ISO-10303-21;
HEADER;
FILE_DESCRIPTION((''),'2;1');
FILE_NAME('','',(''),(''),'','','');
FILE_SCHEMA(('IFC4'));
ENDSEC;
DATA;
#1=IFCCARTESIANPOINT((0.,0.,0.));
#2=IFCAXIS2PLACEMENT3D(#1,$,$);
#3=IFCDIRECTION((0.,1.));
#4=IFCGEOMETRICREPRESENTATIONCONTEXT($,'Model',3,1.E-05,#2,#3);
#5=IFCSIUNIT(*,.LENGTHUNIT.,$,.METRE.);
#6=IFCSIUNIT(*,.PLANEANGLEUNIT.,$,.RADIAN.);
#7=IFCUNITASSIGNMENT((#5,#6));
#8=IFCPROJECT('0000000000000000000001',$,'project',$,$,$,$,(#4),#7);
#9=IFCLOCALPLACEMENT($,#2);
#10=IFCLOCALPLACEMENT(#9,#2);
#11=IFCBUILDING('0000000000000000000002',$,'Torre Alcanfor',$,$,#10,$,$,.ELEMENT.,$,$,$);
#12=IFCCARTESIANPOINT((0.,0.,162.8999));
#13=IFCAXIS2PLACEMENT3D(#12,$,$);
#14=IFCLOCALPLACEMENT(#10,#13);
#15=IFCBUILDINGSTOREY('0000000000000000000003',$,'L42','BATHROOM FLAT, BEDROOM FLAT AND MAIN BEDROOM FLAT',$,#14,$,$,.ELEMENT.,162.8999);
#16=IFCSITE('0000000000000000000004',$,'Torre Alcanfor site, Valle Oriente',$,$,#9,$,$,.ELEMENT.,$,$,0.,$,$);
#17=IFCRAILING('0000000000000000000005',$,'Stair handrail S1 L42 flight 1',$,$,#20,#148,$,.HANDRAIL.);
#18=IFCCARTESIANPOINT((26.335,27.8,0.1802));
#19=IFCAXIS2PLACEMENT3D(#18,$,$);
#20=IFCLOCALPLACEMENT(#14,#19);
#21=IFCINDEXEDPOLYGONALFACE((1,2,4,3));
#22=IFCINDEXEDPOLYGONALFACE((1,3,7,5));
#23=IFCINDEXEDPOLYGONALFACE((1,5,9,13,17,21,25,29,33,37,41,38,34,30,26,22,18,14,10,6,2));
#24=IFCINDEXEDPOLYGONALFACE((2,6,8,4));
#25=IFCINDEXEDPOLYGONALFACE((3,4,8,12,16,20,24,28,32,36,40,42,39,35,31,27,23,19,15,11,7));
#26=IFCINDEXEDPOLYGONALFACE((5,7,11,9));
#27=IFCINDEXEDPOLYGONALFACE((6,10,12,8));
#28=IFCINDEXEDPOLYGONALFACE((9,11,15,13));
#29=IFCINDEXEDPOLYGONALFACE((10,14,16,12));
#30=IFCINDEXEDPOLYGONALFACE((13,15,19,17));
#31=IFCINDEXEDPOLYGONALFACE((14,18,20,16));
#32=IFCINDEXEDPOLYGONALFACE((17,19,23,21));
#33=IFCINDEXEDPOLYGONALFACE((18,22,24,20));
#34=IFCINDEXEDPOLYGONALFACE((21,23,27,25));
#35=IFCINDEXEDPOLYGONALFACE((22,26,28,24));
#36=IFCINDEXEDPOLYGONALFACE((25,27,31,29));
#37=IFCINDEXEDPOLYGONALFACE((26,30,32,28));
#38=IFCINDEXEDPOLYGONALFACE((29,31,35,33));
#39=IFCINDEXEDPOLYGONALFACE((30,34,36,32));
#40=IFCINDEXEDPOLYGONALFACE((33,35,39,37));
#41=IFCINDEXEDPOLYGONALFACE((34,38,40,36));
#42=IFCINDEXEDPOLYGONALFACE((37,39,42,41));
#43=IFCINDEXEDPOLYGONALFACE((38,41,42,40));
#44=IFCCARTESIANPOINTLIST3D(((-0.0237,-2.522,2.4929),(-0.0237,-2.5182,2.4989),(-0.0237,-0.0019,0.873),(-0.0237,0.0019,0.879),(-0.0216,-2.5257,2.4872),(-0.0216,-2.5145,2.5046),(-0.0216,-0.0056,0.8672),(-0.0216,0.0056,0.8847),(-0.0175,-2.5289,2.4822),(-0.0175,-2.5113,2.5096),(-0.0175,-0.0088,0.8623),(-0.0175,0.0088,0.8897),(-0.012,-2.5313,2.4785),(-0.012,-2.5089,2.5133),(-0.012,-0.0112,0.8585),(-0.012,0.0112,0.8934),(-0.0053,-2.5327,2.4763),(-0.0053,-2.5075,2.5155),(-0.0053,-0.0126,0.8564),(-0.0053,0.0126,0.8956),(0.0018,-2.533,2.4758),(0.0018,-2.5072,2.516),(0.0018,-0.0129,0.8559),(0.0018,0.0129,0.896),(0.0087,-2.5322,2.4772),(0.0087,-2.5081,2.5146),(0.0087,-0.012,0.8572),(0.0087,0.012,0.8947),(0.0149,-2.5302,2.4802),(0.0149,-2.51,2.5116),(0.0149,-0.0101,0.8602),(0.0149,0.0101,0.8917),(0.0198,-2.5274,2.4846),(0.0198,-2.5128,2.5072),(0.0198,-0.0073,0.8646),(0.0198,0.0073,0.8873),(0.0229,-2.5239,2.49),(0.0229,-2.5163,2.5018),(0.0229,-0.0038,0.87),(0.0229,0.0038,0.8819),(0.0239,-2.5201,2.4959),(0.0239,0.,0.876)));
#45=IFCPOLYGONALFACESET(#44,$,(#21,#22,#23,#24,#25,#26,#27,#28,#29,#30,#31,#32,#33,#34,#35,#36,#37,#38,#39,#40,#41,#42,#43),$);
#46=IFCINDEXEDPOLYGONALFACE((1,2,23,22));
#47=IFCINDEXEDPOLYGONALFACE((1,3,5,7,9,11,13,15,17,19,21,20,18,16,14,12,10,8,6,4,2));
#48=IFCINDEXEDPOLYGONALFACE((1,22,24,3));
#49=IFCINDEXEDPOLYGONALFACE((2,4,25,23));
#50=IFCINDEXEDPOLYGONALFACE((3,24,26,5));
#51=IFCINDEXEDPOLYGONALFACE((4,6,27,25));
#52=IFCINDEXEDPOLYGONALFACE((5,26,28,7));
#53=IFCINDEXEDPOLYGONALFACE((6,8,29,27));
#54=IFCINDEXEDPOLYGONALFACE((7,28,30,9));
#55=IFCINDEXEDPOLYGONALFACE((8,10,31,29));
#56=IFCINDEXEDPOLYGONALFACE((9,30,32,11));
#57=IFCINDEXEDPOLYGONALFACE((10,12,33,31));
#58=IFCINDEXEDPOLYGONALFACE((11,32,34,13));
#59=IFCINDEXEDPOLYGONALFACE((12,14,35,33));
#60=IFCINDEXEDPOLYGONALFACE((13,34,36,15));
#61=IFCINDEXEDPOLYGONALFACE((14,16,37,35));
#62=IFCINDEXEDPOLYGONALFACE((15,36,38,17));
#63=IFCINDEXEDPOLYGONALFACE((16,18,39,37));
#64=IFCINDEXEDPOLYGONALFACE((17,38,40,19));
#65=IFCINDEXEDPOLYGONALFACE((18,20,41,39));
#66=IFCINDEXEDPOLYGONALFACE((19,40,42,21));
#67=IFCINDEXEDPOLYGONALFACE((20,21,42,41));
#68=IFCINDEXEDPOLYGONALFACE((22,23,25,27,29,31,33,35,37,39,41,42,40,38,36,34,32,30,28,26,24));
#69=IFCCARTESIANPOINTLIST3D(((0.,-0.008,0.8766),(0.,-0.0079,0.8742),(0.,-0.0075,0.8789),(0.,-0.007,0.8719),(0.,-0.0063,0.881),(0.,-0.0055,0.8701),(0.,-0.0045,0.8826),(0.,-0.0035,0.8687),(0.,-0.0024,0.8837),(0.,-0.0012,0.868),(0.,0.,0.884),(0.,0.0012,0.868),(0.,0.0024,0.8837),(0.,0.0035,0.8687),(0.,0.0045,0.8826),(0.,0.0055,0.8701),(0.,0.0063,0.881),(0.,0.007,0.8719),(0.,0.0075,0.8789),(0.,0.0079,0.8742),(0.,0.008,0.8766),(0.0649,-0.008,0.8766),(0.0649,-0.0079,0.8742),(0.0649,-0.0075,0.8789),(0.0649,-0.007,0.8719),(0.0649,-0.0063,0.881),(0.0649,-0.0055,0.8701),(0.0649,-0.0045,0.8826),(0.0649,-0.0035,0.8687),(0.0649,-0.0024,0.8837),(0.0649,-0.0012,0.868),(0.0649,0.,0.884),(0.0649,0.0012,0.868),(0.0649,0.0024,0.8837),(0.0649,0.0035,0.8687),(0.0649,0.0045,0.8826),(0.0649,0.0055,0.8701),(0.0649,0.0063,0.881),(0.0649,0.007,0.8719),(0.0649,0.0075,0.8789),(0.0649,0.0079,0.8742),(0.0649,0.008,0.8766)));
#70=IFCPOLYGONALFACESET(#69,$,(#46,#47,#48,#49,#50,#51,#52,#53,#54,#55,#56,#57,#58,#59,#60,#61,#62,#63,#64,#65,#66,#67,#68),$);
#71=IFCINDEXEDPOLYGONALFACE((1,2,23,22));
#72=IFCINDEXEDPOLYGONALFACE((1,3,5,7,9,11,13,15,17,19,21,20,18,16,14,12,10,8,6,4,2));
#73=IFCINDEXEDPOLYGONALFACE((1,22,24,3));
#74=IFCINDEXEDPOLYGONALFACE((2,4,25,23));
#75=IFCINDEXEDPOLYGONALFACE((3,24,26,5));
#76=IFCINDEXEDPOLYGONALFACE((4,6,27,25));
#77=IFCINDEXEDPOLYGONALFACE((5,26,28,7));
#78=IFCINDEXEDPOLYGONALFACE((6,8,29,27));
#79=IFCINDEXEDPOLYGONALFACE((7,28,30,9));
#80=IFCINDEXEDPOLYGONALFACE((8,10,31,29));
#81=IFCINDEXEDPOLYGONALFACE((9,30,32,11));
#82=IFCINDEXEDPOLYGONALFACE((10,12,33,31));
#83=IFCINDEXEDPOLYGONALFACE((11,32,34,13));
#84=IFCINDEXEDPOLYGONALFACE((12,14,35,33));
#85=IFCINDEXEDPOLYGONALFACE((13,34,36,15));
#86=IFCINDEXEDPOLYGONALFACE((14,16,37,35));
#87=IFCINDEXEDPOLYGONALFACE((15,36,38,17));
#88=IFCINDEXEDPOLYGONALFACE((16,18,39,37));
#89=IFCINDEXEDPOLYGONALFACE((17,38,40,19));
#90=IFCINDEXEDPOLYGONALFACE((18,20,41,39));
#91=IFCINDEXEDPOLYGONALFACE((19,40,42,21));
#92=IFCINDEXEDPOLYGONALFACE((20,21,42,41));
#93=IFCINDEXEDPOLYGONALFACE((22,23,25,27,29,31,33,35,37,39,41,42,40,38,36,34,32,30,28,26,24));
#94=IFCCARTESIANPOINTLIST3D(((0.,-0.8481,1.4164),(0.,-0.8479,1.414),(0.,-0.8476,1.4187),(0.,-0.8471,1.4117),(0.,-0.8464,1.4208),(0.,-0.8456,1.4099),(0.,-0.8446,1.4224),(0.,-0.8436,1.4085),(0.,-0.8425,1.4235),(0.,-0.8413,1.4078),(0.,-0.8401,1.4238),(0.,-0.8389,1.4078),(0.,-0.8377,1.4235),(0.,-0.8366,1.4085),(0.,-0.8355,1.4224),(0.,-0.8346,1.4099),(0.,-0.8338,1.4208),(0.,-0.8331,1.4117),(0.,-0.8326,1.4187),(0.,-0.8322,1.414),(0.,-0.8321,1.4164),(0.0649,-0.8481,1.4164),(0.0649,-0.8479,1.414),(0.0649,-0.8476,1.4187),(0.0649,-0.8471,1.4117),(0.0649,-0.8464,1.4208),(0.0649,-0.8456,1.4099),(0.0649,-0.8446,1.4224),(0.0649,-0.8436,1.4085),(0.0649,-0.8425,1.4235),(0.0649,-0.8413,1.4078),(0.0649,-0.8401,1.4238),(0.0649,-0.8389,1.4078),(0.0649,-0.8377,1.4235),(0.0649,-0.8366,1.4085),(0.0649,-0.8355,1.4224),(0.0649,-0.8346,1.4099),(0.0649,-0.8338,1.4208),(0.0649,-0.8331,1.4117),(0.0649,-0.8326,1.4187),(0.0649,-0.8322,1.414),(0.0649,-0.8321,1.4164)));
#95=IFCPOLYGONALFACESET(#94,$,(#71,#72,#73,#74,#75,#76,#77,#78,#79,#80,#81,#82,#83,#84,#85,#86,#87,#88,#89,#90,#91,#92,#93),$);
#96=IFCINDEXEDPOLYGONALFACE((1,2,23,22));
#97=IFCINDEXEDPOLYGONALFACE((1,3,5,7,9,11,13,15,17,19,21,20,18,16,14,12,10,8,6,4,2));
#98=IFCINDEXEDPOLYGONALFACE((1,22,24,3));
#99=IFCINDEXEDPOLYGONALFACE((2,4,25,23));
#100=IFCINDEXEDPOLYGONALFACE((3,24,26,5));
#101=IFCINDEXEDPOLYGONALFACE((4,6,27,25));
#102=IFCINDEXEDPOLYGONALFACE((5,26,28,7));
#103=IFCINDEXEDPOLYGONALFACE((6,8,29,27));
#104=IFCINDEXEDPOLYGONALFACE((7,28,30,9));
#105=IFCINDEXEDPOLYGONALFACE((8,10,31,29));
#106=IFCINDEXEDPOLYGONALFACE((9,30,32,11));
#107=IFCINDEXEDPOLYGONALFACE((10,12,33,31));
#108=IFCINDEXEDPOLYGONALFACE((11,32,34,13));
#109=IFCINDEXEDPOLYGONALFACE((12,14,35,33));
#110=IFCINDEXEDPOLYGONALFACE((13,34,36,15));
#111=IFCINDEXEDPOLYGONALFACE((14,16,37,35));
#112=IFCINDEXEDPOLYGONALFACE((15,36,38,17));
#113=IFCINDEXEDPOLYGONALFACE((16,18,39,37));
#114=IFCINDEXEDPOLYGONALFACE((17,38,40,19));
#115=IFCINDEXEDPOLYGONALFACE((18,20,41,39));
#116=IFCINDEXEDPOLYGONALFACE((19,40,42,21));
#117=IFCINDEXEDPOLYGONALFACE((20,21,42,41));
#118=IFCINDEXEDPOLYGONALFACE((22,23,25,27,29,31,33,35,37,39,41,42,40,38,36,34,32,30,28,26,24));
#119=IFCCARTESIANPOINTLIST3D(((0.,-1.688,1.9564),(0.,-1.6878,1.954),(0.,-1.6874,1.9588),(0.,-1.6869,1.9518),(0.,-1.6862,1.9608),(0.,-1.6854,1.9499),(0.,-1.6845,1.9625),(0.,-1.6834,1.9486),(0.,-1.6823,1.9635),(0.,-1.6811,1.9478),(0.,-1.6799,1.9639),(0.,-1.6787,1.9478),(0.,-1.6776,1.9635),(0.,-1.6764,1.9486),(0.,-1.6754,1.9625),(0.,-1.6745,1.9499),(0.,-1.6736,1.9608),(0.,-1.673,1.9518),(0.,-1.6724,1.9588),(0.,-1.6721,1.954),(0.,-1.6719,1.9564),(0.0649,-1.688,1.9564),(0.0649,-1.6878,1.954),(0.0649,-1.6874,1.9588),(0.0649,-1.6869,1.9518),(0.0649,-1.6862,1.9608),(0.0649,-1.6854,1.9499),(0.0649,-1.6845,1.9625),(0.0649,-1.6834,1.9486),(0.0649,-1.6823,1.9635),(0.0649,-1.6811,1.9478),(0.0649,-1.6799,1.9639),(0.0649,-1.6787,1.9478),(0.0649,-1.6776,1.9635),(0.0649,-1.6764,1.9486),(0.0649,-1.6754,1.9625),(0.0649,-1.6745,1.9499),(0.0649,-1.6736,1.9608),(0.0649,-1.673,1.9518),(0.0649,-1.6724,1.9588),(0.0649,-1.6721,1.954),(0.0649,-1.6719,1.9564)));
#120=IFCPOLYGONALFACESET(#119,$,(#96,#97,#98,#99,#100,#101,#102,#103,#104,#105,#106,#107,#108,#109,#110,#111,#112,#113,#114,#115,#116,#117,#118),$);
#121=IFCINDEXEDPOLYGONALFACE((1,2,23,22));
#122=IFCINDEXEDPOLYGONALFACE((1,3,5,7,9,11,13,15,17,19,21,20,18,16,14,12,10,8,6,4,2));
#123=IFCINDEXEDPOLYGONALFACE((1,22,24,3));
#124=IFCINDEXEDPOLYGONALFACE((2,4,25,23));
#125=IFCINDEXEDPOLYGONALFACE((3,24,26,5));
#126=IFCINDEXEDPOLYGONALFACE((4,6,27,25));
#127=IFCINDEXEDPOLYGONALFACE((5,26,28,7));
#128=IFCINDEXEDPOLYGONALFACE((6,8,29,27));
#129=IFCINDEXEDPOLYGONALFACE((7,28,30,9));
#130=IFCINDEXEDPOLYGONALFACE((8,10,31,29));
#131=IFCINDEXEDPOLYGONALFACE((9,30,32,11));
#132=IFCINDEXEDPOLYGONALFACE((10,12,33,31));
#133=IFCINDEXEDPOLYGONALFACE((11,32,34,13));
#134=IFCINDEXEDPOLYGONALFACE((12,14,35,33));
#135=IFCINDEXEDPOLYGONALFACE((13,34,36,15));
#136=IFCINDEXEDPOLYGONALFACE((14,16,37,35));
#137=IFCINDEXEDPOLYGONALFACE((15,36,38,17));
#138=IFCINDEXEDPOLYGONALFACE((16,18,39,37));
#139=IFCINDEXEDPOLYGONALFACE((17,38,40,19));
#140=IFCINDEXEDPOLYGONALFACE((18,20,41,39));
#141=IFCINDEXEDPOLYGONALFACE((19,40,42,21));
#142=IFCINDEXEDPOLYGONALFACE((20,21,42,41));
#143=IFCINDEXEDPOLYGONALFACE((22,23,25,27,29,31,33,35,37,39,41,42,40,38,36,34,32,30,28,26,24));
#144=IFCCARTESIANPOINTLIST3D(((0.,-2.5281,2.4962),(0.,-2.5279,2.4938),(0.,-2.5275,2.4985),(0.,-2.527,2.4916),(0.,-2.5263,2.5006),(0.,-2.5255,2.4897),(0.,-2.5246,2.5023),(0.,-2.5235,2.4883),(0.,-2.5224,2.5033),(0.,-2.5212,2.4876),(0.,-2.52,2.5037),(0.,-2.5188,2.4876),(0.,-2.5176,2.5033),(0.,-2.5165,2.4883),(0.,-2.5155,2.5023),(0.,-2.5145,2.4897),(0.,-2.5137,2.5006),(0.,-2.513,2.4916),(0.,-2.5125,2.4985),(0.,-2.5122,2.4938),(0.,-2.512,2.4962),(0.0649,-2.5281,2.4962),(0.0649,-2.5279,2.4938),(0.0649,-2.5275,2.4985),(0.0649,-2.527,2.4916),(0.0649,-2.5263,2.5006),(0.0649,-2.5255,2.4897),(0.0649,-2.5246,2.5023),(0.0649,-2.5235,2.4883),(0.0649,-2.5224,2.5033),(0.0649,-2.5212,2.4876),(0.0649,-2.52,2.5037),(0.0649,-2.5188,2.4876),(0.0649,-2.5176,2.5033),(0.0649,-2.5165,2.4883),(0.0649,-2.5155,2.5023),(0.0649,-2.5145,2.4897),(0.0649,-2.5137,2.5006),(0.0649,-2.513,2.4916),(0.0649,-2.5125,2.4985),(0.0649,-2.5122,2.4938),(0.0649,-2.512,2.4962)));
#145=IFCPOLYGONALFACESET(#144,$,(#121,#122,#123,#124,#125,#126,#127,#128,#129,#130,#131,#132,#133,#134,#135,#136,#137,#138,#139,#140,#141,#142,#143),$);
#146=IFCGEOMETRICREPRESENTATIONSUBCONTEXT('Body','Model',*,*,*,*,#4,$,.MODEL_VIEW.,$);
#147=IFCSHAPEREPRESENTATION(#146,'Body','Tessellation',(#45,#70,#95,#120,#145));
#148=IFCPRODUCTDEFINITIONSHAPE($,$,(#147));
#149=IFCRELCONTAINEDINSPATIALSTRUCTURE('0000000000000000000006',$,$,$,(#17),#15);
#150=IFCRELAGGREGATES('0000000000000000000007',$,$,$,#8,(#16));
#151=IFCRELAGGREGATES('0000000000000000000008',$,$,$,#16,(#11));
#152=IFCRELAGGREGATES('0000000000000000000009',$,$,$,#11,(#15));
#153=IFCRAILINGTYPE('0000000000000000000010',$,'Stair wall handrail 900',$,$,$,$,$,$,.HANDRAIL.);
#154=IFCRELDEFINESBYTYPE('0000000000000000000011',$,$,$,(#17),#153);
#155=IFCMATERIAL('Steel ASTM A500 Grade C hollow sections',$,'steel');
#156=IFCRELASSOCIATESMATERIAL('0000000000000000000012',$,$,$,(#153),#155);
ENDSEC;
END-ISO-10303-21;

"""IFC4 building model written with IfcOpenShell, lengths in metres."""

from ifc_helpers import new_model, si_unit, direction, frame, origin, origin_2d, place, context, subcontext, project, spatial, circle, extrude, material, type_object, element, save


model = new_model("IFC4")

# Units and contexts
model_context = context("Model", 3, precision=1e-05, world=origin(), true_north=direction((0.0, 1.0)))
body_context = subcontext(model_context, "Body", "Model", "MODEL_VIEW")
ifc_project = project(units=[si_unit("LENGTHUNIT", "METRE"), si_unit("PLANEANGLEUNIT", "RADIAN")], contexts=[model_context])

# Site, building, storey
site_placement = place(None, origin())
site = spatial("IfcSite", under=ifc_project, at=site_placement, Name="Torre Alcanfor site, Valle Oriente", CompositionType="ELEMENT", RefElevation=0.0)
building_placement = place(site_placement, origin())
building = spatial("IfcBuilding", under=site, at=building_placement, Name="Torre Alcanfor", CompositionType="ELEMENT")
storey_placement = place(building_placement, frame((0.0, 0.0, 162.8999)))
storey = spatial("IfcBuildingStorey", under=building, at=storey_placement, Name="L42", Description="BATHROOM FLAT, BEDROOM FLAT AND MAIN BEDROOM FLAT", CompositionType="ELEMENT", Elevation=162.8999)

# Railing
ifc_material_1 = material(Name="Steel ASTM A500 Grade C hollow sections", Category="steel")
railing_type_1 = type_object("IfcRailingType", Name="Stair wall handrail 900", PredefinedType="HANDRAIL", material=ifc_material_1)
railing_1_placement = place(storey_placement, frame((26.335, 27.8, 0.1802)))
element("IfcRailing", 1, at=railing_1_placement, inside=storey, type_object=railing_type_1, Name="Stair handrail S1 L42 flight 1", PredefinedType="HANDRAIL", context=body_context, shape_type="SweptSolid", body=[
    extrude(circle(Radius=0.0239, at=origin_2d()), frame((0.0, 0.0, 0.876), z_axis=(0.0, -0.8412, 0.540725), x_axis=(1.0, 0.0, 0.0)), (0.0, 0.0, 1.0), 2.9958),
    extrude(circle(Radius=0.0081, at=origin_2d()), frame((0.0, 0.0, 0.876), z_axis=(1.0, 0.0, 0.0), x_axis=(0.0, 0.0, 1.0)), (0.0, 0.0, 1.0), 0.0649),
    extrude(circle(Radius=0.0081, at=origin_2d()), frame((0.0, -0.8401, 1.4158), z_axis=(1.0, 0.0, 0.0), x_axis=(0.0, 0.0, 1.0)), (0.0, 0.0, 1.0), 0.0649),
    extrude(circle(Radius=0.0081, at=origin_2d()), frame((0.0, -1.6799, 1.9558), z_axis=(1.0, 0.0, 0.0), x_axis=(0.0, 0.0, 1.0)), (0.0, 0.0, 1.0), 0.0649),
    extrude(circle(Radius=0.0081, at=origin_2d()), frame((0.0, -2.52, 2.4956), z_axis=(1.0, 0.0, 0.0), x_axis=(0.0, 0.0, 1.0)), (0.0, 0.0, 1.0), 0.0649),
])

save(model, "model.ifc")
